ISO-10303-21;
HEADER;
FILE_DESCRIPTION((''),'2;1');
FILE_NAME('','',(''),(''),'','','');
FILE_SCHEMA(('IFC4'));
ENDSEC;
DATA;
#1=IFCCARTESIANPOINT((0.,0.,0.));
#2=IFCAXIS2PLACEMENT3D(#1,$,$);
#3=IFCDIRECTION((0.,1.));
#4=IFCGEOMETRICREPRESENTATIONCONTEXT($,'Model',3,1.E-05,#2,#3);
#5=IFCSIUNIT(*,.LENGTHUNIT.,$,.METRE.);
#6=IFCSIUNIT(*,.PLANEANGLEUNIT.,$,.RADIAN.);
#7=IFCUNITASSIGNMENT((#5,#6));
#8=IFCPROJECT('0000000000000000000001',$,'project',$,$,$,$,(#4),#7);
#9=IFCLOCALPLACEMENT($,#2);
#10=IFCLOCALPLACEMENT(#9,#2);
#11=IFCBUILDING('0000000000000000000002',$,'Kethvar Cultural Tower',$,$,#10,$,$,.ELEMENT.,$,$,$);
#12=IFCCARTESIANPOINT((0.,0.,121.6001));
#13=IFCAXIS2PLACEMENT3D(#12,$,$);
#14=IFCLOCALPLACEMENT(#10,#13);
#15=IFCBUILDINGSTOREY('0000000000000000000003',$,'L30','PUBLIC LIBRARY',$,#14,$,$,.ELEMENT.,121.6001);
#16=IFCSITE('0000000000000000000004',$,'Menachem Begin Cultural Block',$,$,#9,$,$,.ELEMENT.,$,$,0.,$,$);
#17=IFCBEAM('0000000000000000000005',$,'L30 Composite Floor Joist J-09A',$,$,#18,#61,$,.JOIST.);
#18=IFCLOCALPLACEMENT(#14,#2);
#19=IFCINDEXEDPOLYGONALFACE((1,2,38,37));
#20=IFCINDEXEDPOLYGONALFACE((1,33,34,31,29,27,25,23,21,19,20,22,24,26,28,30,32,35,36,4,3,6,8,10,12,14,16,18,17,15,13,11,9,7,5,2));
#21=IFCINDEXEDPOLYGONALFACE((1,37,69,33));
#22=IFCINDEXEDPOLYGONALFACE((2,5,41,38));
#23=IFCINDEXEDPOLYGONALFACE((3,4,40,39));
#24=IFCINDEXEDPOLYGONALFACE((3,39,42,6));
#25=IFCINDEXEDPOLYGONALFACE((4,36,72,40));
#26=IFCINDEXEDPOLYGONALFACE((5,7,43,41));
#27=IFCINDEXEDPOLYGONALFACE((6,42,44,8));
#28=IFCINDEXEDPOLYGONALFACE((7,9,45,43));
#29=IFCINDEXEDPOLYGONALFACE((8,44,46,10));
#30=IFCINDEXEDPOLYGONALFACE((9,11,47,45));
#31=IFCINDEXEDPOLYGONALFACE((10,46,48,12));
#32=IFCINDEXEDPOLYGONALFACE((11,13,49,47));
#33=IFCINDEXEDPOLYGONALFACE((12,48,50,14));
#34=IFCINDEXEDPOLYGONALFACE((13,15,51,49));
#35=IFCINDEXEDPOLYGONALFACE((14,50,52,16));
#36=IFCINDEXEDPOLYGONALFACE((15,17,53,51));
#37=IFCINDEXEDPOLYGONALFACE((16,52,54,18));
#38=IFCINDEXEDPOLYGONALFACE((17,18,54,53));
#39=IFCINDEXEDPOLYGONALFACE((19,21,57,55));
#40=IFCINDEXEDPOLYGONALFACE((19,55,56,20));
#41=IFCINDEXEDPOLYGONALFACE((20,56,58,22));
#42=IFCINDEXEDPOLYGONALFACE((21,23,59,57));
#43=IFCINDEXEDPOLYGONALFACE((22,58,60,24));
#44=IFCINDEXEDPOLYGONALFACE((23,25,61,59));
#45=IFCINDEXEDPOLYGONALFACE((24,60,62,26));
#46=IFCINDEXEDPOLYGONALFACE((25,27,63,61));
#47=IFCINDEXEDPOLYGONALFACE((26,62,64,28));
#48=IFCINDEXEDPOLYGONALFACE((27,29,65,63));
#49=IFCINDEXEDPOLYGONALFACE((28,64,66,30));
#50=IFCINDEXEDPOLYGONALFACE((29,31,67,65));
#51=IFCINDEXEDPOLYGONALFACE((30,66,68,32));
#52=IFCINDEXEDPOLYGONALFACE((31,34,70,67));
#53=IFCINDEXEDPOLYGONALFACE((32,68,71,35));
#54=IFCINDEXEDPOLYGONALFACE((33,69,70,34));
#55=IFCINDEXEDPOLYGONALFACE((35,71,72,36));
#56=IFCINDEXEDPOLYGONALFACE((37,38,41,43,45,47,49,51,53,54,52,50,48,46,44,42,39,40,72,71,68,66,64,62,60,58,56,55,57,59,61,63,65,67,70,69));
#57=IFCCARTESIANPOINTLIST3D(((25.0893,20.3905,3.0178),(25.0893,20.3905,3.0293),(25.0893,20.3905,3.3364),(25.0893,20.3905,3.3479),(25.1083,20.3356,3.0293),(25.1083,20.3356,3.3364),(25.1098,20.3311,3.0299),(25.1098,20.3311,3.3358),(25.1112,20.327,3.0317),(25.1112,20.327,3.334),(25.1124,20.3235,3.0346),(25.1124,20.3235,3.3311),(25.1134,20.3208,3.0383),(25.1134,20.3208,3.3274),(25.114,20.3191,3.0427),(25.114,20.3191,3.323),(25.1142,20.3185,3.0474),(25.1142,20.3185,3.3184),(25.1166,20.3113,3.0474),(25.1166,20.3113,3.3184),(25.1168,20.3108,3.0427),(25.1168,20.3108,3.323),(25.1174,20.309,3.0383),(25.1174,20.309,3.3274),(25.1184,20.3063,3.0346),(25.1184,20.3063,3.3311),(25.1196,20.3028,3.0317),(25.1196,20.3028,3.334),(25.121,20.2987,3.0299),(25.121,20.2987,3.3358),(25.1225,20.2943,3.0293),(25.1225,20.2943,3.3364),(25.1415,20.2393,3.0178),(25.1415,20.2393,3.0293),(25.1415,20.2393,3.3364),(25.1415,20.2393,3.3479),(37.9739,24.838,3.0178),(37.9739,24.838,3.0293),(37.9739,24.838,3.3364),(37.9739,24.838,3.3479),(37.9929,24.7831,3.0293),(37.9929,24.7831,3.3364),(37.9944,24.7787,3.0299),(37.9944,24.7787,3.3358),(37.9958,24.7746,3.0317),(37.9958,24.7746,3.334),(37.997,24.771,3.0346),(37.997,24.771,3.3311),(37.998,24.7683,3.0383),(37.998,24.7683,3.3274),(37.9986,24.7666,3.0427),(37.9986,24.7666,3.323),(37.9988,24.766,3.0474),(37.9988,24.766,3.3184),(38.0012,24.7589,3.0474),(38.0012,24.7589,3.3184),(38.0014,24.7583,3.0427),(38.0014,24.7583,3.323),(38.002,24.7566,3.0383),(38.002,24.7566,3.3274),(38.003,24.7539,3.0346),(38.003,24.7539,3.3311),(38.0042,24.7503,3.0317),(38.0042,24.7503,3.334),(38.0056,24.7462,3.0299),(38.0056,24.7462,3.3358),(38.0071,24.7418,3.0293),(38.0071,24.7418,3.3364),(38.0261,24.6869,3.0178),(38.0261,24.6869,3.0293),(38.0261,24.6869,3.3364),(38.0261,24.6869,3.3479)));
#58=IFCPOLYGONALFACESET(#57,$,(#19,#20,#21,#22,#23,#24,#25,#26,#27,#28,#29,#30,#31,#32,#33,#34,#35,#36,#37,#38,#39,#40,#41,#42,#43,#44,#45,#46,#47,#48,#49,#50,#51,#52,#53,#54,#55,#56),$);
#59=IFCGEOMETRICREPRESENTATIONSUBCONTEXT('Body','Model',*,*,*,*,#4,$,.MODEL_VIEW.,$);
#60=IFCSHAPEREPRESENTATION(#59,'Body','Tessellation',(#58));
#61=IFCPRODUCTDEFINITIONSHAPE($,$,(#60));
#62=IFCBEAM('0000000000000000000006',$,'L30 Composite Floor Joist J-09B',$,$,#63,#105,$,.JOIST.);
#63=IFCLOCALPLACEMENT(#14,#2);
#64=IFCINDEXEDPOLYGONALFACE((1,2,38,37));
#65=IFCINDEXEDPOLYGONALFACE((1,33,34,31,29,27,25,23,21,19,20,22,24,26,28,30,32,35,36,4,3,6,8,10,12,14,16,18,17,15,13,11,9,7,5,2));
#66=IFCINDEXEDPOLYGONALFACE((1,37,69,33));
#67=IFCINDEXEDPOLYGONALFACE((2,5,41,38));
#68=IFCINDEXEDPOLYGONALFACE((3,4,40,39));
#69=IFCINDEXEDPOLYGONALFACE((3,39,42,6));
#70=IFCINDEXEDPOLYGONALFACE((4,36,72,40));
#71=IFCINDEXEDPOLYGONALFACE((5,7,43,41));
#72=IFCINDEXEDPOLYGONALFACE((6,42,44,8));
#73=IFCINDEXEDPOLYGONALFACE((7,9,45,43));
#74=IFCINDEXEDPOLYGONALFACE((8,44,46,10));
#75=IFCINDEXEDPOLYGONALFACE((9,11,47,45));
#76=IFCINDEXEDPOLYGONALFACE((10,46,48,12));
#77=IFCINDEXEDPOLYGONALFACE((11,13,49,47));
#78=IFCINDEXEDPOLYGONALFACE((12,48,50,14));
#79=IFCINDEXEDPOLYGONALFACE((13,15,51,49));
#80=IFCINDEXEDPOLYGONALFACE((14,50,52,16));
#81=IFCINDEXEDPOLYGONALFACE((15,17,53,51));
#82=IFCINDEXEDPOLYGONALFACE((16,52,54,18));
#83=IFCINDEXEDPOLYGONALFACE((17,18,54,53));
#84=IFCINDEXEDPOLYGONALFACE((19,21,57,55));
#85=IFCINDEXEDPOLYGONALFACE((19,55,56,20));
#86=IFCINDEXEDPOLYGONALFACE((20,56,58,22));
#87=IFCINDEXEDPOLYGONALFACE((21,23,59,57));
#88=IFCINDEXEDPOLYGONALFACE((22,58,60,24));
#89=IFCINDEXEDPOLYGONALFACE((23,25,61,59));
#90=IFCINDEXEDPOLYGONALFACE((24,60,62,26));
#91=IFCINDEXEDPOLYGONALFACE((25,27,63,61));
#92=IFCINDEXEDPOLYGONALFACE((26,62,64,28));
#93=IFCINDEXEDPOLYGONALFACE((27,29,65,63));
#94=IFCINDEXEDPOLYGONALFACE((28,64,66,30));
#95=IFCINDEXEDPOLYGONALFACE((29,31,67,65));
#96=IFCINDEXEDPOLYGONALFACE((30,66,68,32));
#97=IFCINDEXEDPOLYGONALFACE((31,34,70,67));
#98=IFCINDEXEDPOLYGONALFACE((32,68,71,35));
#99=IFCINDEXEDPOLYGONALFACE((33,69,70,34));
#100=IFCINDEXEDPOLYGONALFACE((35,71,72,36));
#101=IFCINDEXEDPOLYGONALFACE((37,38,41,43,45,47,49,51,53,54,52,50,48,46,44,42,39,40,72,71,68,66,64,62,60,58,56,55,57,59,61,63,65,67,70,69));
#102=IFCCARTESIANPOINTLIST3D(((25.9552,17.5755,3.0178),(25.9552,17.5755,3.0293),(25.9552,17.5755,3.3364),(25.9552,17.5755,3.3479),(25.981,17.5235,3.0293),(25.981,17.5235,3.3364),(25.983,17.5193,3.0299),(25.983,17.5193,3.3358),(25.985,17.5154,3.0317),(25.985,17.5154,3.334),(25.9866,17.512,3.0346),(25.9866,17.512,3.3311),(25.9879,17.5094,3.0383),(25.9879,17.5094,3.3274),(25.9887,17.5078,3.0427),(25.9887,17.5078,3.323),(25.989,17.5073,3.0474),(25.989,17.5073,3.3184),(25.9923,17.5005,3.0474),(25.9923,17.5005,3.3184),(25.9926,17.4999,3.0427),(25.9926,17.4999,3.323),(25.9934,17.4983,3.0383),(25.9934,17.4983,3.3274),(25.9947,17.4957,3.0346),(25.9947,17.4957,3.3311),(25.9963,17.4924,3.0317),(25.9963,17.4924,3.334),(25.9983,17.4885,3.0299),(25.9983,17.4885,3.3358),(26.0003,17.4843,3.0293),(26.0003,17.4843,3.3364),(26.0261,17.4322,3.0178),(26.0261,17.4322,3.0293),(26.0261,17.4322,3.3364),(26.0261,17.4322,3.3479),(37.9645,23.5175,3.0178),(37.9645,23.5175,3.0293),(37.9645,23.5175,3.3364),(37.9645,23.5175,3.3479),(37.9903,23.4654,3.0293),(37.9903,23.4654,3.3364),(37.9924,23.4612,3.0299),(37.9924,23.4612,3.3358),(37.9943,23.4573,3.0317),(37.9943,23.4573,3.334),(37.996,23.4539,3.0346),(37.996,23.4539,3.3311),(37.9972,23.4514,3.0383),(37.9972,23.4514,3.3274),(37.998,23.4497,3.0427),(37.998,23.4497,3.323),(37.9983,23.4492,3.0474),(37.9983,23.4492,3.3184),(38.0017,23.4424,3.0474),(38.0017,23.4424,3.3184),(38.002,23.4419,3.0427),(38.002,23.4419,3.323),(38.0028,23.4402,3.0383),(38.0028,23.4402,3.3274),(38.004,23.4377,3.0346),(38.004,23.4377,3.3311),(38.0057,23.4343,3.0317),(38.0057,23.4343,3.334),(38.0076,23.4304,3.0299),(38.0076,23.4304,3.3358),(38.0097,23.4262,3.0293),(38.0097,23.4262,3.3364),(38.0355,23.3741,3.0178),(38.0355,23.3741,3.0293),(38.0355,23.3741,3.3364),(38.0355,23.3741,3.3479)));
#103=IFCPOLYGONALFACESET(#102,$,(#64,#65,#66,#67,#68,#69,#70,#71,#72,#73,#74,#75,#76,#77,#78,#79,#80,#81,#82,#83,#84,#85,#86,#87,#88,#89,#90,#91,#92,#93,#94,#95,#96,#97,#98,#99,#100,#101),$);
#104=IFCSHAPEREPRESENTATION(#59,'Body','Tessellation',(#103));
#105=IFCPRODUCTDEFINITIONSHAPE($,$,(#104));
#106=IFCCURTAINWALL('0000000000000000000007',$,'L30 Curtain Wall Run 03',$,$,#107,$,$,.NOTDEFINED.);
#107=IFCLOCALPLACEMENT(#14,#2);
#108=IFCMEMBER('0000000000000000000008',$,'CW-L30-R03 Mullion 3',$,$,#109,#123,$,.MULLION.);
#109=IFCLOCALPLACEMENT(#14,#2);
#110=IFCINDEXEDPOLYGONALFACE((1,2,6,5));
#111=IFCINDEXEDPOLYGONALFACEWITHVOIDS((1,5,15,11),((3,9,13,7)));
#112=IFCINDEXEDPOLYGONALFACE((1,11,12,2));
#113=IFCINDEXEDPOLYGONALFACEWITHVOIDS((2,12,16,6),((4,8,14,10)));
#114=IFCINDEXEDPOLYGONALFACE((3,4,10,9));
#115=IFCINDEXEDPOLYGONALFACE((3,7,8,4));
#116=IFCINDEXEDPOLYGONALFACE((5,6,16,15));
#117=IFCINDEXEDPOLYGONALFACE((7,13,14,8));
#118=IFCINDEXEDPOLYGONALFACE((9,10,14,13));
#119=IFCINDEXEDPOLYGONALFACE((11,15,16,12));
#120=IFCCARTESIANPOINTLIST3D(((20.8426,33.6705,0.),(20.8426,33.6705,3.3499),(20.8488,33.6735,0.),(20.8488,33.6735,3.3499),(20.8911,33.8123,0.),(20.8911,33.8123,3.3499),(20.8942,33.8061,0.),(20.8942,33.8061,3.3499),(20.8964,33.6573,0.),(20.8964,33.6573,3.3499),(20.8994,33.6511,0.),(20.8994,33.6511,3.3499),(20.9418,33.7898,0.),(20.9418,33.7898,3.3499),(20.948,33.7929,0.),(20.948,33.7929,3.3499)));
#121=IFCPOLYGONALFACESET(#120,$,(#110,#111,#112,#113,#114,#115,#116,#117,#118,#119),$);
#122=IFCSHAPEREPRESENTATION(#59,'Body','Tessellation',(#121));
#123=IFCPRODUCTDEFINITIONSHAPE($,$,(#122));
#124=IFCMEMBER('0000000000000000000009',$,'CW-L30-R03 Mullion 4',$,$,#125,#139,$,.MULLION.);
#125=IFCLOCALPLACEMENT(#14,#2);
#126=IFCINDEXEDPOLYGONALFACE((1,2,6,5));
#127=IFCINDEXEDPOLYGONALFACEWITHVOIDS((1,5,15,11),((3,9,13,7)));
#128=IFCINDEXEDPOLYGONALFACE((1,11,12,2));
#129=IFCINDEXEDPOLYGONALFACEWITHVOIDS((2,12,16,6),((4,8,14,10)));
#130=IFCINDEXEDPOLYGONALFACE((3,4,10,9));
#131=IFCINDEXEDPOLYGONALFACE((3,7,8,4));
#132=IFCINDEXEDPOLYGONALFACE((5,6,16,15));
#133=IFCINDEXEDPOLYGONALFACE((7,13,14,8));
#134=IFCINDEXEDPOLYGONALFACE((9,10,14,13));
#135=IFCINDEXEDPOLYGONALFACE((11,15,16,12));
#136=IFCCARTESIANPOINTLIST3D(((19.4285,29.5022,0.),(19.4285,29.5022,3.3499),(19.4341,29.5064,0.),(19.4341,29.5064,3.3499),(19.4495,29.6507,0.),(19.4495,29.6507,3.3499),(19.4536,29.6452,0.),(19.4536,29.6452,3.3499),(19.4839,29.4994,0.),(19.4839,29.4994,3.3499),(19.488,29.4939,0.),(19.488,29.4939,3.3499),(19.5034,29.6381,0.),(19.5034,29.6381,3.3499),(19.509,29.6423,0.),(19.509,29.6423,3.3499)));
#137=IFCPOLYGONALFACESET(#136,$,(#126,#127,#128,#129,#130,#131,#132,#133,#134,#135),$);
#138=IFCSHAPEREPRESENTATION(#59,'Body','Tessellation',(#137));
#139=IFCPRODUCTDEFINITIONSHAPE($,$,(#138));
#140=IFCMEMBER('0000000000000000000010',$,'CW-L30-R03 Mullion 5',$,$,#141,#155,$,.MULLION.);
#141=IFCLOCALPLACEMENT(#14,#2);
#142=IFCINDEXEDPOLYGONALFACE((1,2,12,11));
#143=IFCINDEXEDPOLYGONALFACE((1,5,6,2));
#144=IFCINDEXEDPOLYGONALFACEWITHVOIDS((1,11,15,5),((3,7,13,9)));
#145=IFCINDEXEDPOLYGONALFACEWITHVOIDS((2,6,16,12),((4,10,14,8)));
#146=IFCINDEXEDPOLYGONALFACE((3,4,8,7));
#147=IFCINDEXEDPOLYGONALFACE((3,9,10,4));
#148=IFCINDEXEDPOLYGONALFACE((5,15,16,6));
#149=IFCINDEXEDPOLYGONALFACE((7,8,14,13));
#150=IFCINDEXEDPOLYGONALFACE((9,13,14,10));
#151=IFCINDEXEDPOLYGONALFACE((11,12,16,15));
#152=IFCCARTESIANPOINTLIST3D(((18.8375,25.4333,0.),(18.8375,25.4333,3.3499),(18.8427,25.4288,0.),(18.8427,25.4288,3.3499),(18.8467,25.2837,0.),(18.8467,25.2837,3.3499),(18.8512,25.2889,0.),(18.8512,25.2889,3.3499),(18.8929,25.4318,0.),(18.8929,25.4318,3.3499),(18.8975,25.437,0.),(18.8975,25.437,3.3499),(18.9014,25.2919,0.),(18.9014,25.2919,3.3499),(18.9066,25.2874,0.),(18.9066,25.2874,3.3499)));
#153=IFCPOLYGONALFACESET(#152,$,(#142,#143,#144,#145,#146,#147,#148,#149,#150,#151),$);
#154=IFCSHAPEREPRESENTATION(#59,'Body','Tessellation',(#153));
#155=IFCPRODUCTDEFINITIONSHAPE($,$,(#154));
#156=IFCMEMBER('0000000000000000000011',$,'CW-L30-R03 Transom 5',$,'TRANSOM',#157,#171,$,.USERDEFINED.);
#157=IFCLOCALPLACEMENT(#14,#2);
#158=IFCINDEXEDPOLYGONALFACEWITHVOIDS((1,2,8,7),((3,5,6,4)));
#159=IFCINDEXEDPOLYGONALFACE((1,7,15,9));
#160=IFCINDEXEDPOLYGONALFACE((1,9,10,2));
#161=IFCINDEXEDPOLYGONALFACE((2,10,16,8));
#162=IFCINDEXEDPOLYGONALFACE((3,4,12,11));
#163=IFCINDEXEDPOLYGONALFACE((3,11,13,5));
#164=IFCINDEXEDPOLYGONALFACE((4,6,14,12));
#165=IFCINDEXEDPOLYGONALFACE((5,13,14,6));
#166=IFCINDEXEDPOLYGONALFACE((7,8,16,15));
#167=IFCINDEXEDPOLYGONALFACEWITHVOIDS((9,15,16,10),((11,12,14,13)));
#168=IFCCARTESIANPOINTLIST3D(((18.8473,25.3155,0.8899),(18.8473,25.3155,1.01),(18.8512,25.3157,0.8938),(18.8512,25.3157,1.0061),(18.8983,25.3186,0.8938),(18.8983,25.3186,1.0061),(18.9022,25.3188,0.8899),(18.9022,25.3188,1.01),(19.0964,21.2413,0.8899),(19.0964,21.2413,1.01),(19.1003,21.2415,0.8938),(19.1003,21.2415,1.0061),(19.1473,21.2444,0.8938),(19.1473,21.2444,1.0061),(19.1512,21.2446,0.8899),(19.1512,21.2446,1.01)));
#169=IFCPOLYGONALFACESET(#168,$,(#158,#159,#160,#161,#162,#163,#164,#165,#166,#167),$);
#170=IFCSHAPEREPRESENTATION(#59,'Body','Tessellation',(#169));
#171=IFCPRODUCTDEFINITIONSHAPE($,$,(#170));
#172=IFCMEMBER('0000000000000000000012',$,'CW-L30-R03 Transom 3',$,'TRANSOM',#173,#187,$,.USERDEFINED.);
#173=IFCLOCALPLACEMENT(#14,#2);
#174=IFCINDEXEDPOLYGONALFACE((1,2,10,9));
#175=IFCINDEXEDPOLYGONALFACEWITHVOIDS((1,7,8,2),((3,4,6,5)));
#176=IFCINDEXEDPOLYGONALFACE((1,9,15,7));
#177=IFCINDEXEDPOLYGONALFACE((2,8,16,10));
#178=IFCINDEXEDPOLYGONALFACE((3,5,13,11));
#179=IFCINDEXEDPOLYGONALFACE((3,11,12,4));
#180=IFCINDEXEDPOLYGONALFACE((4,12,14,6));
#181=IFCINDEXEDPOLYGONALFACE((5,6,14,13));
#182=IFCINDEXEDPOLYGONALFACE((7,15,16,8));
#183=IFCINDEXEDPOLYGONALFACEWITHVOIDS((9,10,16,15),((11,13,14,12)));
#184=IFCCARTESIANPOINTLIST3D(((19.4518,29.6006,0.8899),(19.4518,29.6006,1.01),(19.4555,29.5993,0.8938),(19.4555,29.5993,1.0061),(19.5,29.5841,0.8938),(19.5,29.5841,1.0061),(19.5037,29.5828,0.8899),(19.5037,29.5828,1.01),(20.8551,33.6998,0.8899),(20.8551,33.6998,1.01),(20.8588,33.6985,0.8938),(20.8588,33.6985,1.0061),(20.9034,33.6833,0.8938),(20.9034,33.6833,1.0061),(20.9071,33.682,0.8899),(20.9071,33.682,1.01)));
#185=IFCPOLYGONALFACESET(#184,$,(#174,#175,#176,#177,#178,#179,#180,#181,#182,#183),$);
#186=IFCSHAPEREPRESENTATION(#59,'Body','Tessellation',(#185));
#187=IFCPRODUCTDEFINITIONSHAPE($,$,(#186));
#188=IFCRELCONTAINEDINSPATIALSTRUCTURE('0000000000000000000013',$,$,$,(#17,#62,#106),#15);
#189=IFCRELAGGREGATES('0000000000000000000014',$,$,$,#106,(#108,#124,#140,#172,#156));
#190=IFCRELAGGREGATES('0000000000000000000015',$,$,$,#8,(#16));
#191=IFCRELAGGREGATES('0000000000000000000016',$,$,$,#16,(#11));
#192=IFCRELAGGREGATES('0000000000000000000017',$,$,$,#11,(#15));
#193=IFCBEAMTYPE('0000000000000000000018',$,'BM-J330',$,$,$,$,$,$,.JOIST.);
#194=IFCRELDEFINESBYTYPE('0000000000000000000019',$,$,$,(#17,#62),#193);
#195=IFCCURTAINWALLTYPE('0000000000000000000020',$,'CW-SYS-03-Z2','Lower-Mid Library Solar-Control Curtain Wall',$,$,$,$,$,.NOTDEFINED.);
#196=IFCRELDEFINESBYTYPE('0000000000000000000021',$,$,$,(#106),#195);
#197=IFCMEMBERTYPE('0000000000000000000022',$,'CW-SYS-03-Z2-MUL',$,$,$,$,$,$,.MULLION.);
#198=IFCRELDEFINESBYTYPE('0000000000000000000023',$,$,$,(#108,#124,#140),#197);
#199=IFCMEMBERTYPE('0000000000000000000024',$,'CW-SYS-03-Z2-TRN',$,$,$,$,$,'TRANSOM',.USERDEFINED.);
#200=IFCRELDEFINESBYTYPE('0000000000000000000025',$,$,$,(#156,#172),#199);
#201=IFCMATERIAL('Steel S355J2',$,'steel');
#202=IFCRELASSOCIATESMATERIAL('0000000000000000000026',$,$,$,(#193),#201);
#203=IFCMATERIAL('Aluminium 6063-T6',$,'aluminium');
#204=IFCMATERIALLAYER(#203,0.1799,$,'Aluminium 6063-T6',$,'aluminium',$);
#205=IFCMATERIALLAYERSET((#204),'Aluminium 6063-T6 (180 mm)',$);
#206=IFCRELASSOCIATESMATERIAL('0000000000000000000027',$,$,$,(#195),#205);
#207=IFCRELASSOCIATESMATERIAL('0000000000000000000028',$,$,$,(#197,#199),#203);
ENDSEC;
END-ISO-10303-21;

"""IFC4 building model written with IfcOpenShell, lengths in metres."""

from ifc_helpers import new_model, si_unit, direction, frame, origin, origin_2d, place, context, subcontext, project, spatial, hollow_rectangle, i_section, extrude, source, transform, mapped, material, layer, layer_set, material_profile, profile_set, type_object, element, aggregate, save


model = new_model("IFC4")

# Units and contexts
model_context = context("Model", 3, precision=1e-05, world=origin(), true_north=direction((0.0, 1.0)))
body_context = subcontext(model_context, "Body", "Model", "MODEL_VIEW")
ifc_project = project(units=[si_unit("LENGTHUNIT", "METRE"), si_unit("PLANEANGLEUNIT", "RADIAN")], contexts=[model_context])

# Site, building, storey
site_placement = place(None, origin())
site = spatial("IfcSite", under=ifc_project, at=site_placement, Name="Menachem Begin Cultural Block", CompositionType="ELEMENT", RefElevation=0.0)
building_placement = place(site_placement, origin())
building = spatial("IfcBuilding", under=site, at=building_placement, Name="Kethvar Cultural Tower", CompositionType="ELEMENT")
storey_placement = place(building_placement, frame((0.0, 0.0, 121.6001)))
storey = spatial("IfcBuildingStorey", under=building, at=storey_placement, Name="L30", Description="PUBLIC LIBRARY", CompositionType="ELEMENT", Elevation=121.6001)

# Beams
ifc_material_1 = material(Name="Steel S355J2", Category="steel")
ifc_material_profile_1 = material_profile(ifc_material_1, i_section(OverallWidth=0.1599, OverallDepth=0.3301, WebThickness=0.0076, FlangeThickness=0.0115, FilletRadius=0.0181, at=origin_2d()), Name="Steel S355J2 — IPE330")
ifc_profile_set_1 = profile_set([ifc_material_profile_1], Name="Steel S355J2 — IPE330")
beam_type_1 = type_object("IfcBeamType", Name="BM-J330", PredefinedType="JOIST", material=ifc_profile_set_1)
shared_shape_1 = source(origin(), body_context, "Body", "SweptSolid", [
    extrude(i_section(OverallWidth=0.1599, OverallDepth=0.3301, WebThickness=0.0076, FlangeThickness=0.0115, FilletRadius=0.0181, at=origin_2d()), origin(), (0.0, 0.0, 1.0), 13.6306),
])
beam_1_placement = place(storey_placement, frame((38.0, 24.7625, 3.1829), z_axis=(-0.94527, -0.32629, 0.0), x_axis=(0.32629, -0.94527, 0.0)))
element("IfcBeam", 1, at=beam_1_placement, inside=storey, type_object=beam_type_1, Name="L30 Composite Floor Joist J-09A", PredefinedType="JOIST", context=body_context, shape_type="MappedRepresentation", body=[
    mapped(shared_shape_1, transform((0.0, 0.0, 0.0), scale=1.0)),
])
shared_shape_2 = source(origin(), body_context, "Body", "SweptSolid", [
    extrude(i_section(OverallWidth=0.1599, OverallDepth=0.3301, WebThickness=0.0076, FlangeThickness=0.0115, FilletRadius=0.0181, at=origin_2d()), origin(), (0.0, 0.0, 1.0), 13.3989),
])
beam_2_placement = place(storey_placement, frame((38.0, 23.4458, 3.1829), z_axis=(-0.896292, -0.443463, 0.0), x_axis=(0.443463, -0.896292, 0.0)))
element("IfcBeam", 2, at=beam_2_placement, inside=storey, type_object=beam_type_1, Name="L30 Composite Floor Joist J-09B", PredefinedType="JOIST", context=body_context, shape_type="MappedRepresentation", body=[
    mapped(shared_shape_2, transform((0.0, 0.0, 0.0), scale=1.0)),
])

# Curtain wall, members
ifc_material_2 = material(Name="Aluminium 6063-T6", Category="aluminium")
ifc_layer_1 = layer(ifc_material_2, 0.1799, Name="Aluminium 6063-T6", Category="aluminium")
ifc_layer_set_1 = layer_set([ifc_layer_1], Name="Aluminium 6063-T6 (180 mm)")
curtain_wall_type = type_object("IfcCurtainWallType", Name="CW-SYS-03-Z2", Description="Lower-Mid Library Solar-Control Curtain Wall", PredefinedType="NOTDEFINED", material=ifc_layer_set_1)
curtain_wall_placement = place(storey_placement, origin())
curtain_wall = element("IfcCurtainWall", 3, at=curtain_wall_placement, inside=storey, type_object=curtain_wall_type, Name="L30 Curtain Wall Run 03", PredefinedType="NOTDEFINED")
ifc_material_profile_2 = material_profile(ifc_material_2, hollow_rectangle(XDim=0.0601, YDim=0.1499, WallThickness=0.0049, at=origin_2d()), Name="Aluminium 6063-T6 — RHS150x60x5")
ifc_profile_set_2 = profile_set([ifc_material_profile_2], Name="Aluminium 6063-T6 — RHS150x60x5")
member_type_1 = type_object("IfcMemberType", Name="CW-SYS-03-Z2-MUL", PredefinedType="MULLION", material=ifc_profile_set_2)
shared_shape_3 = source(origin(), body_context, "Body", "SweptSolid", [
    extrude(hollow_rectangle(XDim=0.0601, YDim=0.1499, WallThickness=0.0049, at=origin_2d()), origin(), (0.0, 0.0, 1.0), 3.3499),
])
member_1_placement = place(storey_placement, frame((20.8953, 33.7317, 0.0), z_axis=(0.0, 0.0, 1.0), x_axis=(0.946074, -0.32395, 0.0)))
member_1 = element("IfcMember", 4, at=member_1_placement, type_object=member_type_1, Name="CW-L30-R03 Mullion 3", PredefinedType="MULLION", context=body_context, shape_type="MappedRepresentation", body=[
    mapped(shared_shape_3, transform((0.0, 0.0, 0.0), scale=1.0)),
])
member_2_placement = place(storey_placement, frame((19.4688, 29.5723, 0.0), z_axis=(0.0, 0.0, 1.0), x_axis=(0.99019, -0.139726, 0.0)))
member_2 = element("IfcMember", 5, at=member_2_placement, type_object=member_type_1, Name="CW-L30-R03 Mullion 4", PredefinedType="MULLION", context=body_context, shape_type="MappedRepresentation", body=[
    mapped(shared_shape_3, transform((0.0, 0.0, 0.0), scale=1.0)),
])
member_3_placement = place(storey_placement, frame((18.8721, 25.3604, 0.0), z_axis=(0.0, 0.0, 1.0), x_axis=(0.998136, 0.061031, 0.0)))
member_3 = element("IfcMember", 6, at=member_3_placement, type_object=member_type_1, Name="CW-L30-R03 Mullion 5", PredefinedType="MULLION", context=body_context, shape_type="MappedRepresentation", body=[
    mapped(shared_shape_3, transform((0.0, 0.0, 0.0), scale=1.0)),
])
ifc_material_profile_3 = material_profile(ifc_material_2, hollow_rectangle(XDim=0.0549, YDim=0.1201, WallThickness=0.0039, at=origin_2d()), Name="Aluminium 6063-T6 — RHS120x55x4")
ifc_profile_set_3 = profile_set([ifc_material_profile_3], Name="Aluminium 6063-T6 — RHS120x55x4")
member_type_2 = type_object("IfcMemberType", Name="CW-SYS-03-Z2-TRN", ElementType="TRANSOM", PredefinedType="USERDEFINED", material=ifc_profile_set_3)
shared_shape_4 = source(origin(), body_context, "Body", "SweptSolid", [
    extrude(hollow_rectangle(XDim=0.0549, YDim=0.1201, WallThickness=0.0039, at=origin_2d()), origin(), (0.0, 0.0, 1.0), 4.0818),
])
member_4_placement = place(storey_placement, frame((18.8748, 25.3171, 0.95), z_axis=(0.061008, -0.998137, 0.0), x_axis=(0.998137, 0.061008, 0.0)))
member_4 = element("IfcMember", 7, at=member_4_placement, type_object=member_type_2, Name="CW-L30-R03 Transom 5", ObjectType="TRANSOM", PredefinedType="USERDEFINED", context=body_context, shape_type="MappedRepresentation", body=[
    mapped(shared_shape_4, transform((0.0, 0.0, 0.0), scale=1.0)),
])
shared_shape_5 = source(origin(), body_context, "Body", "SweptSolid", [
    extrude(hollow_rectangle(XDim=0.0549, YDim=0.1201, WallThickness=0.0039, at=origin_2d()), origin(), (0.0, 0.0, 1.0), 4.3328),
])
member_5_placement = place(storey_placement, frame((20.8811, 33.6909, 0.95), z_axis=(-0.323892, -0.946094, 0.0), x_axis=(0.946094, -0.323892, 0.0)))
member_5 = element("IfcMember", 8, at=member_5_placement, type_object=member_type_2, Name="CW-L30-R03 Transom 3", ObjectType="TRANSOM", PredefinedType="USERDEFINED", context=body_context, shape_type="MappedRepresentation", body=[
    mapped(shared_shape_5, transform((0.0, 0.0, 0.0), scale=1.0)),
])
aggregate(curtain_wall, [member_1, member_2, member_3, member_5, member_4])

save(model, "model.ifc")
